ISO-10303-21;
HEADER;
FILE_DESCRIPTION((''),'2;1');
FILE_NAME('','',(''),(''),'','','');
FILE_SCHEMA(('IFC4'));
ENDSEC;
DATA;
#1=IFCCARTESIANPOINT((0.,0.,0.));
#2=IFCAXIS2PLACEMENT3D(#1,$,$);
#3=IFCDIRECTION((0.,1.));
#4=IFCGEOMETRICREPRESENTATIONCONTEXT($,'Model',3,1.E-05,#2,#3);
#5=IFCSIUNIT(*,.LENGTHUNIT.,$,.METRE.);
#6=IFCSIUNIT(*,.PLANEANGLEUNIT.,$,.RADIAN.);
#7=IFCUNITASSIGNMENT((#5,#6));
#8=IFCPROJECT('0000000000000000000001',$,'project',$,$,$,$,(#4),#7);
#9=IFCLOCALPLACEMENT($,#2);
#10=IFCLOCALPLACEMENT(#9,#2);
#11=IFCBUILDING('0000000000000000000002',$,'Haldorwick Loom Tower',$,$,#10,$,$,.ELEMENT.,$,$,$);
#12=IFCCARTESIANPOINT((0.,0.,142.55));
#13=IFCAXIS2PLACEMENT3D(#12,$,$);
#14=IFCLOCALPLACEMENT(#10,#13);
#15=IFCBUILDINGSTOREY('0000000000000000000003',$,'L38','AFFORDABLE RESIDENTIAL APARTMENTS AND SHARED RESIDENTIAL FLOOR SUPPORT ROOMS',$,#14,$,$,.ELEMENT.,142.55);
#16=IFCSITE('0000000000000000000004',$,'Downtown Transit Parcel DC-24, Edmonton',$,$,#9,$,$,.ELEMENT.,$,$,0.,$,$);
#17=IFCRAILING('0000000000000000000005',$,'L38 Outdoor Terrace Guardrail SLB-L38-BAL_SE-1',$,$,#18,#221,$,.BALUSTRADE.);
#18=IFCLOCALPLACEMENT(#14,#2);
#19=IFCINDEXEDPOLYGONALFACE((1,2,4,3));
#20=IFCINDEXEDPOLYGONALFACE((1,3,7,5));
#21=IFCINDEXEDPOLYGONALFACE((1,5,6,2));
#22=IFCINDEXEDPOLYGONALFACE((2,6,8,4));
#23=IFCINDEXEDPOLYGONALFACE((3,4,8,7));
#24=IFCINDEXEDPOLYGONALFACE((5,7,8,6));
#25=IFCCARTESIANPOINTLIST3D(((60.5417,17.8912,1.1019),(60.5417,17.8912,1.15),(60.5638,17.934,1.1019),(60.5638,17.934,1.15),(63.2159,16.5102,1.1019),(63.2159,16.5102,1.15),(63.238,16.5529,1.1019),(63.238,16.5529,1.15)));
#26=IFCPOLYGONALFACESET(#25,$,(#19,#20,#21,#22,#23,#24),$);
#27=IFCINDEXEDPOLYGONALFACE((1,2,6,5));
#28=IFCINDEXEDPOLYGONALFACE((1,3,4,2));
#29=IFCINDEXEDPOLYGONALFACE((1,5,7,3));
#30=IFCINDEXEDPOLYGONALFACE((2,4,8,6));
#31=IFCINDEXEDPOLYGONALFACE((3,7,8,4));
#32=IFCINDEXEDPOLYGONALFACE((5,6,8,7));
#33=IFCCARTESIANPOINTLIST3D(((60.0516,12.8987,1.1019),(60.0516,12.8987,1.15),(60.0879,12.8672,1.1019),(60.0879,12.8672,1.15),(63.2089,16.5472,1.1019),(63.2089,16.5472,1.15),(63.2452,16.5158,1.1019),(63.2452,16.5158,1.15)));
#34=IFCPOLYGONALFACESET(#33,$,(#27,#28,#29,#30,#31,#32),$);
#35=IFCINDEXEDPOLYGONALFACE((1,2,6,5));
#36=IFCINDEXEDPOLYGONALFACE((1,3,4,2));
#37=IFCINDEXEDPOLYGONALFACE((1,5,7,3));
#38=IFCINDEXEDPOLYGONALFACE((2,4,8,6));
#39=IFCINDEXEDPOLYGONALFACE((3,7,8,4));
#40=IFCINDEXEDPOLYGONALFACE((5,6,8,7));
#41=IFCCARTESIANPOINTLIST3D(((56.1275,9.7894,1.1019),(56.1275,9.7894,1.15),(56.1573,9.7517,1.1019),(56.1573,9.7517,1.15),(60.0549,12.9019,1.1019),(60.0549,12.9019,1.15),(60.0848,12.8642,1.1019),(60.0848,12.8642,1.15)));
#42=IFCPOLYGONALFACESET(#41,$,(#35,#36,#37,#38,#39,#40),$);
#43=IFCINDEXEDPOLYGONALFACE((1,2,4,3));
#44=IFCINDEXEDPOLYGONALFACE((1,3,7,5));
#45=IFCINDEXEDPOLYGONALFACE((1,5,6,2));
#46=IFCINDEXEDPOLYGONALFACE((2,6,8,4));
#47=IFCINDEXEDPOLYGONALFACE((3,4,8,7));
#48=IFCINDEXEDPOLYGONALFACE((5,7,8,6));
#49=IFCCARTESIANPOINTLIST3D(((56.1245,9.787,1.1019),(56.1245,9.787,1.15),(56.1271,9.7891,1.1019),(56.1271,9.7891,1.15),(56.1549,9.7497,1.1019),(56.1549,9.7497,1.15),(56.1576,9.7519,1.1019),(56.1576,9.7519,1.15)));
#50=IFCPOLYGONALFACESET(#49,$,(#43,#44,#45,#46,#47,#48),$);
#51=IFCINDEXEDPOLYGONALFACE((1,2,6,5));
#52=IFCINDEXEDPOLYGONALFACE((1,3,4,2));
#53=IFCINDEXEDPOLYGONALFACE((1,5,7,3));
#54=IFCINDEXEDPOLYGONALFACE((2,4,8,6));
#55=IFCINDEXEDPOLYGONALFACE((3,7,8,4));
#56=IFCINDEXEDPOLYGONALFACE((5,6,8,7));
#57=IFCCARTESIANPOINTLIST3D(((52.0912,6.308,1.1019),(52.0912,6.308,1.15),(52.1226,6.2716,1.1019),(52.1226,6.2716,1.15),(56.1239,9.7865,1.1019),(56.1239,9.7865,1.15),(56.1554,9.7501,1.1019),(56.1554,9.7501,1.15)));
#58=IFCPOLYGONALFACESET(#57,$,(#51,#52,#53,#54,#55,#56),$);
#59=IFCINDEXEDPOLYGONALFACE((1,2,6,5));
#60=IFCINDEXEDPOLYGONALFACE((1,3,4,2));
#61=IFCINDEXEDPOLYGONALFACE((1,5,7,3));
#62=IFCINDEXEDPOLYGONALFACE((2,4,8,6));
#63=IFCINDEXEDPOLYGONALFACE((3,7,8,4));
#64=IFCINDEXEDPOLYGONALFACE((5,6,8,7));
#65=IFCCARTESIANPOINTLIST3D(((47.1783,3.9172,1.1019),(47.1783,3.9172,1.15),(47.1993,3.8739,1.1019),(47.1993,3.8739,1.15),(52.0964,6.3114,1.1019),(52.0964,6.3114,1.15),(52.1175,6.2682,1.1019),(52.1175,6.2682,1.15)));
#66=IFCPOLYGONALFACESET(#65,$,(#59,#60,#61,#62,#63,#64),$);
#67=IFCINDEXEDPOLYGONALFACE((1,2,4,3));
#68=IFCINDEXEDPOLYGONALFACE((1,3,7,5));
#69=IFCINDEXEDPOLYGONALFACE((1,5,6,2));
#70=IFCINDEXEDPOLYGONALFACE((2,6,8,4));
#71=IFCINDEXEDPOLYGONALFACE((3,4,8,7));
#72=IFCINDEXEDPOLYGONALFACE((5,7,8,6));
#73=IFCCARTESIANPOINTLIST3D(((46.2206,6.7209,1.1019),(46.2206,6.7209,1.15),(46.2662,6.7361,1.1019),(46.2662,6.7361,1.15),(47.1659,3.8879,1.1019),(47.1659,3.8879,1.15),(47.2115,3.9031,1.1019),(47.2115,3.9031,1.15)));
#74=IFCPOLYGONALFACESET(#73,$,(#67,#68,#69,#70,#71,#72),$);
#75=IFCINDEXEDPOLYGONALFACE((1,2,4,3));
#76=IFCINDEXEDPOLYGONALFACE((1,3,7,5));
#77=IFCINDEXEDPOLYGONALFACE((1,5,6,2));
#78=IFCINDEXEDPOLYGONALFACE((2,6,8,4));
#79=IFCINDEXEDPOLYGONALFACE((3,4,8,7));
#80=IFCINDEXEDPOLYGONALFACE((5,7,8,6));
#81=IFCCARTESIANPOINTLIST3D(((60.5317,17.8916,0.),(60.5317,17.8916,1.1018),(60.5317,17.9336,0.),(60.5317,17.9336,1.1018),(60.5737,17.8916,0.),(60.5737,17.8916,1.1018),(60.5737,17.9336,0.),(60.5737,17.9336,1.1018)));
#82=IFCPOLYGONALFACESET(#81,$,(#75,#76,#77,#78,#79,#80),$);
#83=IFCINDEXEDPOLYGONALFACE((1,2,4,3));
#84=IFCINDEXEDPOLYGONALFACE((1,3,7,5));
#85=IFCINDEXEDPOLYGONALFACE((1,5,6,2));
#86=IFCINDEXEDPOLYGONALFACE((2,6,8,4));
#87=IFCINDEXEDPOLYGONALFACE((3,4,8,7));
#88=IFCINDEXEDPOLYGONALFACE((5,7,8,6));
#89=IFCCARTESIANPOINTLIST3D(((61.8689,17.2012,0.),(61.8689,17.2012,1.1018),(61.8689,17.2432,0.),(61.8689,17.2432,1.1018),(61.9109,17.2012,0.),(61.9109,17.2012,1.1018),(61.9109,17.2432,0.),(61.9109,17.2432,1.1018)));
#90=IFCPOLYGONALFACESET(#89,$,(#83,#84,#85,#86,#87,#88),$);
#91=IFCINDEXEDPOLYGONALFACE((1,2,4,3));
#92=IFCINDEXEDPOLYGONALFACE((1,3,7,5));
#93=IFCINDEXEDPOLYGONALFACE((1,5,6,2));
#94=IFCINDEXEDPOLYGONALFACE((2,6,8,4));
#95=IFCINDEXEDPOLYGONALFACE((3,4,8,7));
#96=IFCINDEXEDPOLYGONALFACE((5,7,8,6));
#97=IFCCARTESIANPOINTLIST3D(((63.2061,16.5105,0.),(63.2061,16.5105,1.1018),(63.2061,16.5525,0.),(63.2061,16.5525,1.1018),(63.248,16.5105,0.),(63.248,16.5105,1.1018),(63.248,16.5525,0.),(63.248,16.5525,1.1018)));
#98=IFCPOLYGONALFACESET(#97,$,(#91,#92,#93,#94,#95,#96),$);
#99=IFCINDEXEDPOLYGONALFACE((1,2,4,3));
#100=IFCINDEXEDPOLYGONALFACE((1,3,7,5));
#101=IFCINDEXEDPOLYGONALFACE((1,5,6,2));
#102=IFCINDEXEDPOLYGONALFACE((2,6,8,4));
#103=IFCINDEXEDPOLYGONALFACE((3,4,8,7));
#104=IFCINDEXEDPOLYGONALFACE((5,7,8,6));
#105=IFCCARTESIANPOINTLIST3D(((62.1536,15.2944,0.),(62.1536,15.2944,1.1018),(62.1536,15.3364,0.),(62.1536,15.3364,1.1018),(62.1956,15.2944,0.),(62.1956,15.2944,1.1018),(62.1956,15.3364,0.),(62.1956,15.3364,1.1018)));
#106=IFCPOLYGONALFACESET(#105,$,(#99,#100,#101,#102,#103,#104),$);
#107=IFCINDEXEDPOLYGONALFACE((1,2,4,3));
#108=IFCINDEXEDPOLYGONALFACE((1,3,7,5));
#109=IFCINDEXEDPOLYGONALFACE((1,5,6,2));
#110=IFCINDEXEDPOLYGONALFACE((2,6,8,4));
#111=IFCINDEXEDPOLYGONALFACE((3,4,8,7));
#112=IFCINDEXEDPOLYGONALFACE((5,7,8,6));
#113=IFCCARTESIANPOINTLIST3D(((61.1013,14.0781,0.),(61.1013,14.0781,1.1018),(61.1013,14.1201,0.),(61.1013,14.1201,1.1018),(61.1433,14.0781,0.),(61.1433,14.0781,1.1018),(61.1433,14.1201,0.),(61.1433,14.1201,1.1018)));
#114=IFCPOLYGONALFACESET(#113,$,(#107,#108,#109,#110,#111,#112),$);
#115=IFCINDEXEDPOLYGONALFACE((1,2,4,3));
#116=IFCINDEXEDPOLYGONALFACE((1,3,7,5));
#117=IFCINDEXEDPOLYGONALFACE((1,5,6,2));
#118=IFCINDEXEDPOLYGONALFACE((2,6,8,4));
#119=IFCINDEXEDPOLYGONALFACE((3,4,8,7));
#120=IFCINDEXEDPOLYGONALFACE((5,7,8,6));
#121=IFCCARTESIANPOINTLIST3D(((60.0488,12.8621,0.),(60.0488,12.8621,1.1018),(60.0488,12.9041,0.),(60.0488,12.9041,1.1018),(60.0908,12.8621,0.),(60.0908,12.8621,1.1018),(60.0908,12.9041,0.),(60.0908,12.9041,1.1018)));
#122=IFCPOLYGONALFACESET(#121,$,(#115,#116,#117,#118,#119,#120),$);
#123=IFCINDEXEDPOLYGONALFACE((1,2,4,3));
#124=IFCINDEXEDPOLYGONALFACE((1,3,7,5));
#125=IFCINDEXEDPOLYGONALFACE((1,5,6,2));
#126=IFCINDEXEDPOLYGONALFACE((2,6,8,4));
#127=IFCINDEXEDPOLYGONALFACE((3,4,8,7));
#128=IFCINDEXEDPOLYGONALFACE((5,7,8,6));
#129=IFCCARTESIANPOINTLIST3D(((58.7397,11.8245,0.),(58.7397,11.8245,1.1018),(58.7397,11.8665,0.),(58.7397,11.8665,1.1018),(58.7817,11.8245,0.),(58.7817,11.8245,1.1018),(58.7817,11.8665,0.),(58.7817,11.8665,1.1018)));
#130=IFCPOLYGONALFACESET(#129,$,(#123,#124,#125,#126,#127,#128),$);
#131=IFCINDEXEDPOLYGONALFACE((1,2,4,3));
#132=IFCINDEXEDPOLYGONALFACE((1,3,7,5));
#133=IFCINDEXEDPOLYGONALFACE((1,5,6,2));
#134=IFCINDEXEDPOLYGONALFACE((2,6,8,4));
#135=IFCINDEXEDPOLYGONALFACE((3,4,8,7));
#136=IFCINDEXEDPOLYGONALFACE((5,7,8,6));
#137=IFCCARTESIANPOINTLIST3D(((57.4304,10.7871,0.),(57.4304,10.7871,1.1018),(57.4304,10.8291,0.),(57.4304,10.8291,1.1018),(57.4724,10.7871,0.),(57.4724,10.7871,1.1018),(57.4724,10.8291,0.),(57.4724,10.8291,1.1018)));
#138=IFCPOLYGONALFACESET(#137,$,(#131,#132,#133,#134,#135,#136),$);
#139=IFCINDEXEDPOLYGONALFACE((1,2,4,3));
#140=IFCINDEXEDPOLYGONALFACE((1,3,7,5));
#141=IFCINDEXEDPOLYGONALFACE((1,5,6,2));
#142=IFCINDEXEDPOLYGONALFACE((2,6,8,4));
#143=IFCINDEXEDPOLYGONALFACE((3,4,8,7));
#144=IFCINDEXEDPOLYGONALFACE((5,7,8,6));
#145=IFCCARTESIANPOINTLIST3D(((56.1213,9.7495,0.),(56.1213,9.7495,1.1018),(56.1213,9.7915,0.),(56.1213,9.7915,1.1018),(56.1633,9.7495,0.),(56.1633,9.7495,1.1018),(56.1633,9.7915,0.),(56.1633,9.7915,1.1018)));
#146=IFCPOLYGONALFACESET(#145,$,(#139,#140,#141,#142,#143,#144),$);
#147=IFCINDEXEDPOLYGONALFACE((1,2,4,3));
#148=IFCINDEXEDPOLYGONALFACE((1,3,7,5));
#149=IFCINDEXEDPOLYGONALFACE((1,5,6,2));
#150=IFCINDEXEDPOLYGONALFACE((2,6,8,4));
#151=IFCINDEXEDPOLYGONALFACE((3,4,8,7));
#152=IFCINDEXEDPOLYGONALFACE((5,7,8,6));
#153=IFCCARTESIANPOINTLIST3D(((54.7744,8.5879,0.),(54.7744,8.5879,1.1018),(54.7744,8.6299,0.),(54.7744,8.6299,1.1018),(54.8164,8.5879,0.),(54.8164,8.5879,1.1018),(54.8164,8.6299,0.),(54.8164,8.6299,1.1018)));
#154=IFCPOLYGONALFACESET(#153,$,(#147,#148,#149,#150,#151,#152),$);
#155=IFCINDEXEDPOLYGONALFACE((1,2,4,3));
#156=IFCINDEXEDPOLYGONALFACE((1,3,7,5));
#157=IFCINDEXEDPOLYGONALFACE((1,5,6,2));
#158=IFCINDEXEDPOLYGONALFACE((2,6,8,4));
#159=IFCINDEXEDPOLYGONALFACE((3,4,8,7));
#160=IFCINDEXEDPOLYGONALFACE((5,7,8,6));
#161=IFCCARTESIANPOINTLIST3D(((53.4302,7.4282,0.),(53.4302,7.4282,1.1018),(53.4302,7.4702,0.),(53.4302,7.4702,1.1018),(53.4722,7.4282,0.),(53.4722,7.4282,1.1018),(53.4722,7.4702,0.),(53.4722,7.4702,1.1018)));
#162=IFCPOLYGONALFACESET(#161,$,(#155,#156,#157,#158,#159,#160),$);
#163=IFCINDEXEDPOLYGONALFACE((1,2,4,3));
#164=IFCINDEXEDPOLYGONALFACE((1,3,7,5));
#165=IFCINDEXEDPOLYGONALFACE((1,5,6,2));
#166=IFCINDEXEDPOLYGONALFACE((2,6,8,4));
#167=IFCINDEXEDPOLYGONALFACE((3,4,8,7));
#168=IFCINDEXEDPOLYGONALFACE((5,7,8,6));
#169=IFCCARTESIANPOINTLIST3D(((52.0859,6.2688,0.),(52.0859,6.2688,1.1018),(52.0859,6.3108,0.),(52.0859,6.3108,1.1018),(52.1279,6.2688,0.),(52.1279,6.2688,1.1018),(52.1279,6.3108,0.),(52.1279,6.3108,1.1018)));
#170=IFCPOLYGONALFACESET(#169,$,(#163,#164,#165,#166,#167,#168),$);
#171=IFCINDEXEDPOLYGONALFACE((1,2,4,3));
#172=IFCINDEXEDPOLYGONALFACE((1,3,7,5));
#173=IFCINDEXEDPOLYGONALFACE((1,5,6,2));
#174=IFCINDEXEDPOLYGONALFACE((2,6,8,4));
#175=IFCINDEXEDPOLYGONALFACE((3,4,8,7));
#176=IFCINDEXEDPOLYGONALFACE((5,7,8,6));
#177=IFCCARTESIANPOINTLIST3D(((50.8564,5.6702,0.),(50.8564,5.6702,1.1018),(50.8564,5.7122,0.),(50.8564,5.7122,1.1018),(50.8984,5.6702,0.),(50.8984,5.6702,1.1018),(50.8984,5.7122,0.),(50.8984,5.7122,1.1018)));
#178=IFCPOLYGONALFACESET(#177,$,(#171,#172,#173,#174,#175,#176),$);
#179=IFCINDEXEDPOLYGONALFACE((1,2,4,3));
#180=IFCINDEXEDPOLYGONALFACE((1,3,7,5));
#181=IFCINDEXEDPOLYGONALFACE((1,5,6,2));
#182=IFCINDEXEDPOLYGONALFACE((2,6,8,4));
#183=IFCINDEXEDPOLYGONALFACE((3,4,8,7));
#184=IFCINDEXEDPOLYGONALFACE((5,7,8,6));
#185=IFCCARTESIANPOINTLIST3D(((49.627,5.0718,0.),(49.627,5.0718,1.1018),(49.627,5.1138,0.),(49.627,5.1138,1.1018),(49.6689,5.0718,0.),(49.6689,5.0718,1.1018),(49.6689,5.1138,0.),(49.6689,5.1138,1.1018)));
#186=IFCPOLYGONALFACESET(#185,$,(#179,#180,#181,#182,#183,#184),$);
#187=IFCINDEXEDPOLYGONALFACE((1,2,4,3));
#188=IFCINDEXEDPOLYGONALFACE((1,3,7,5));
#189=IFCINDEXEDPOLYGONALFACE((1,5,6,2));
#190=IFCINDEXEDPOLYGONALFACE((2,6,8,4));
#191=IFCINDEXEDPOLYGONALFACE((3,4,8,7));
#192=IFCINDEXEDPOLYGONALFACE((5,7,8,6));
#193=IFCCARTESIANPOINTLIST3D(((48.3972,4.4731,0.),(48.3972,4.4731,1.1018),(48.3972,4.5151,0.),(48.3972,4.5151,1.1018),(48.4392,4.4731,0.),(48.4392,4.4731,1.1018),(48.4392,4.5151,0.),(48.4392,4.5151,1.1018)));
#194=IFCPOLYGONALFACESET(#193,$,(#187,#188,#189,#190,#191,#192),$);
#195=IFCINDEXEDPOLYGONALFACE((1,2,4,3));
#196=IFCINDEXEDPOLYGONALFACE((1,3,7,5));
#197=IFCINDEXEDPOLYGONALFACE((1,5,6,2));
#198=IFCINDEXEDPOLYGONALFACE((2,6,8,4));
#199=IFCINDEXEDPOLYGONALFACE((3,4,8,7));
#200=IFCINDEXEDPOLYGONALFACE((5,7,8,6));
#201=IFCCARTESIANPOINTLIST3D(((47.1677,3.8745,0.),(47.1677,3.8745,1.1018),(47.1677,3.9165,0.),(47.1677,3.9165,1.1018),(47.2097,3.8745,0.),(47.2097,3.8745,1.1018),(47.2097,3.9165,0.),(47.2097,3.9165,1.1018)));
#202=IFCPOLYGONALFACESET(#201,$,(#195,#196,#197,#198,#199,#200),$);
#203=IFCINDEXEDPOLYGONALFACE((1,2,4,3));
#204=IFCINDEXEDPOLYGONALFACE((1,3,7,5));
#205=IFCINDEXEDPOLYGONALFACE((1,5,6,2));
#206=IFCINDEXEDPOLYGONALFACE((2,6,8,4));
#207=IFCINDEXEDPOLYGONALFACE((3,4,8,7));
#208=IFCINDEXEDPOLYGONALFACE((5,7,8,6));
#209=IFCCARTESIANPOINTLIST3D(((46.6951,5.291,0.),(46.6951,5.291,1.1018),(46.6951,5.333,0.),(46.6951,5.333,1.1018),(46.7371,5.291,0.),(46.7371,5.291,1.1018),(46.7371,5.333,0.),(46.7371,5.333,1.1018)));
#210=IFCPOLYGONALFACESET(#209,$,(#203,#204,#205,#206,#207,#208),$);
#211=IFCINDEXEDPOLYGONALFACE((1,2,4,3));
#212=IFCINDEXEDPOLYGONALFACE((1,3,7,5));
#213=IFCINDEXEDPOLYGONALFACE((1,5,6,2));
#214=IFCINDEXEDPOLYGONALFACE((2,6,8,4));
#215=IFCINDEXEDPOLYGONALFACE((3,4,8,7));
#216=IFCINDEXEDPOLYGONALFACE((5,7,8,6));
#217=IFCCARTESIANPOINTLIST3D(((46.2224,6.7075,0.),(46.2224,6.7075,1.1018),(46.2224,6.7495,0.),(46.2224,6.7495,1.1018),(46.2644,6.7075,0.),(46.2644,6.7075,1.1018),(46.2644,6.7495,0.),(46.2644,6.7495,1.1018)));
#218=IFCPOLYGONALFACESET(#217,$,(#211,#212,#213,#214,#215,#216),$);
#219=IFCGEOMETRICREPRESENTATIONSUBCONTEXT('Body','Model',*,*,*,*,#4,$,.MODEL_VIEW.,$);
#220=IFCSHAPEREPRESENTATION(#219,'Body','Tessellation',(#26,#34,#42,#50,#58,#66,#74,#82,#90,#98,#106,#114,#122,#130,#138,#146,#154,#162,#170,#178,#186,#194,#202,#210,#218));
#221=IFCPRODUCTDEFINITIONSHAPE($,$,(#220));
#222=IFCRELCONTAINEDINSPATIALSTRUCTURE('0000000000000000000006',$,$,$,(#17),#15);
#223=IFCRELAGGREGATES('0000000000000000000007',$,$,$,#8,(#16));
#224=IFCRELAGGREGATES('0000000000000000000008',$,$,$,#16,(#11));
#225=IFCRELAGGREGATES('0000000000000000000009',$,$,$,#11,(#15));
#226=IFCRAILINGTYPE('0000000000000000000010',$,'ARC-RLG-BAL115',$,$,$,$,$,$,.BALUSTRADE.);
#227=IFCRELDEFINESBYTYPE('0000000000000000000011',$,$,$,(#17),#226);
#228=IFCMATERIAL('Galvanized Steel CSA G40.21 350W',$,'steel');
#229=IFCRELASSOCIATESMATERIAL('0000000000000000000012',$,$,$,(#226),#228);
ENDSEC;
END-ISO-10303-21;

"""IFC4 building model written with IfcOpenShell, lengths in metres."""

from ifc_helpers import new_model, si_unit, direction, frame, origin, origin_2d, place, context, subcontext, project, spatial, rectangle, extrude, material, type_object, element, save


model = new_model("IFC4")

# Units and contexts
model_context = context("Model", 3, precision=1e-05, world=origin(), true_north=direction((0.0, 1.0)))
body_context = subcontext(model_context, "Body", "Model", "MODEL_VIEW")
ifc_project = project(units=[si_unit("LENGTHUNIT", "METRE"), si_unit("PLANEANGLEUNIT", "RADIAN")], contexts=[model_context])

# Site, building, storey
site_placement = place(None, origin())
site = spatial("IfcSite", under=ifc_project, at=site_placement, Name="Downtown Transit Parcel DC-24, Edmonton", CompositionType="ELEMENT", RefElevation=0.0)
building_placement = place(site_placement, origin())
building = spatial("IfcBuilding", under=site, at=building_placement, Name="Haldorwick Loom Tower", CompositionType="ELEMENT")
storey_placement = place(building_placement, frame((0.0, 0.0, 142.55)))
storey = spatial("IfcBuildingStorey", under=building, at=storey_placement, Name="L38", Description="AFFORDABLE RESIDENTIAL APARTMENTS AND SHARED RESIDENTIAL FLOOR SUPPORT ROOMS", CompositionType="ELEMENT", Elevation=142.55)

# Railing
ifc_material_1 = material(Name="Galvanized Steel CSA G40.21 350W", Category="steel")
railing_type = type_object("IfcRailingType", Name="ARC-RLG-BAL115", PredefinedType="BALUSTRADE", material=ifc_material_1)
railing_placement = place(storey_placement, frame((60.5527, 17.9126, 0.0)))
element("IfcRailing", 1, at=railing_placement, inside=storey, type_object=railing_type, Name="L38 Outdoor Terrace Guardrail SLB-L38-BAL_SE-1", PredefinedType="BALUSTRADE", context=body_context, shape_type="SweptSolid", body=[
    extrude(rectangle(XDim=0.0481, YDim=0.0481, at=origin_2d()), frame((0.0, 0.0, 1.126), z_axis=(0.888511, -0.458856, 0.0), x_axis=(0.458856, 0.888511, 0.0)), (0.0, 0.0, 1.0), 3.0098),
    extrude(rectangle(XDim=0.0481, YDim=0.0481, at=origin_2d()), frame((2.6743, -1.3811, 1.126), z_axis=(-0.654368, -0.756176, 0.0), x_axis=(0.756176, -0.654368, 0.0)), (0.0, 0.0, 1.0), 4.825),
    extrude(rectangle(XDim=0.0481, YDim=0.0481, at=origin_2d()), frame((-0.4829, -5.0295, 1.126), z_axis=(-0.783727, -0.621106, 0.0), x_axis=(0.621106, -0.783727, 0.0)), (0.0, 0.0, 1.0), 5.0112),
    extrude(rectangle(XDim=0.0481, YDim=0.0481, at=origin_2d()), frame((-4.4104, -8.1421, 1.126), z_axis=(-0.773957, -0.633238, 0.0), x_axis=(0.633238, -0.773957, 0.0)), (0.0, 0.0, 1.0), 0.0034),
    extrude(rectangle(XDim=0.0481, YDim=0.0481, at=origin_2d()), frame((-4.4131, -8.1443, 1.126), z_axis=(-0.757221, -0.653159, 0.0), x_axis=(0.653159, -0.757221, 0.0)), (0.0, 0.0, 1.0), 5.3257),
    extrude(rectangle(XDim=0.0481, YDim=0.0481, at=origin_2d()), frame((-8.4458, -11.6228, 1.126), z_axis=(-0.899117, -0.437709, 0.0), x_axis=(0.437709, -0.899117, 0.0)), (0.0, 0.0, 1.0), 5.47),
    extrude(rectangle(XDim=0.0481, YDim=0.0481, at=origin_2d()), frame((-13.364, -14.0171, 1.126), z_axis=(-0.316522, 0.948585, 0.0), x_axis=(-0.948585, -0.316522, 0.0)), (0.0, 0.0, 1.0), 2.9866),
    extrude(rectangle(XDim=0.042, YDim=0.042, at=origin_2d()), origin(), (0.0, 0.0, 1.0), 1.1018),
    extrude(rectangle(XDim=0.042, YDim=0.042, at=origin_2d()), frame((1.3372, -0.6904, 0.0)), (0.0, 0.0, 1.0), 1.1018),
    extrude(rectangle(XDim=0.042, YDim=0.042, at=origin_2d()), frame((2.6743, -1.3811, 0.0)), (0.0, 0.0, 1.0), 1.1018),
    extrude(rectangle(XDim=0.042, YDim=0.042, at=origin_2d()), frame((1.6218, -2.5972, 0.0)), (0.0, 0.0, 1.0), 1.1018),
    extrude(rectangle(XDim=0.042, YDim=0.042, at=origin_2d()), frame((0.5696, -3.8135, 0.0)), (0.0, 0.0, 1.0), 1.1018),
    extrude(rectangle(XDim=0.042, YDim=0.042, at=origin_2d()), frame((-0.4829, -5.0295, 0.0)), (0.0, 0.0, 1.0), 1.1018),
    extrude(rectangle(XDim=0.042, YDim=0.042, at=origin_2d()), frame((-1.792, -6.0671, 0.0)), (0.0, 0.0, 1.0), 1.1018),
    extrude(rectangle(XDim=0.042, YDim=0.042, at=origin_2d()), frame((-3.1013, -7.1045, 0.0)), (0.0, 0.0, 1.0), 1.1018),
    extrude(rectangle(XDim=0.042, YDim=0.042, at=origin_2d()), frame((-4.4104, -8.1421, 0.0)), (0.0, 0.0, 1.0), 1.1018),
    extrude(rectangle(XDim=0.042, YDim=0.042, at=origin_2d()), frame((-5.7573, -9.3037, 0.0)), (0.0, 0.0, 1.0), 1.1018),
    extrude(rectangle(XDim=0.042, YDim=0.042, at=origin_2d()), frame((-7.1016, -10.4634, 0.0)), (0.0, 0.0, 1.0), 1.1018),
    extrude(rectangle(XDim=0.042, YDim=0.042, at=origin_2d()), frame((-8.4458, -11.6228, 0.0)), (0.0, 0.0, 1.0), 1.1018),
    extrude(rectangle(XDim=0.042, YDim=0.042, at=origin_2d()), frame((-9.6753, -12.2214, 0.0)), (0.0, 0.0, 1.0), 1.1018),
    extrude(rectangle(XDim=0.042, YDim=0.042, at=origin_2d()), frame((-10.9048, -12.8198, 0.0)), (0.0, 0.0, 1.0), 1.1018),
    extrude(rectangle(XDim=0.042, YDim=0.042, at=origin_2d()), frame((-12.1345, -13.4185, 0.0)), (0.0, 0.0, 1.0), 1.1018),
    extrude(rectangle(XDim=0.042, YDim=0.042, at=origin_2d()), frame((-13.364, -14.0171, 0.0)), (0.0, 0.0, 1.0), 1.1018),
    extrude(rectangle(XDim=0.042, YDim=0.042, at=origin_2d()), frame((-13.8367, -12.6006, 0.0)), (0.0, 0.0, 1.0), 1.1018),
    extrude(rectangle(XDim=0.042, YDim=0.042, at=origin_2d()), frame((-14.3093, -11.1841, 0.0)), (0.0, 0.0, 1.0), 1.1018),
])

save(model, "model.ifc")
